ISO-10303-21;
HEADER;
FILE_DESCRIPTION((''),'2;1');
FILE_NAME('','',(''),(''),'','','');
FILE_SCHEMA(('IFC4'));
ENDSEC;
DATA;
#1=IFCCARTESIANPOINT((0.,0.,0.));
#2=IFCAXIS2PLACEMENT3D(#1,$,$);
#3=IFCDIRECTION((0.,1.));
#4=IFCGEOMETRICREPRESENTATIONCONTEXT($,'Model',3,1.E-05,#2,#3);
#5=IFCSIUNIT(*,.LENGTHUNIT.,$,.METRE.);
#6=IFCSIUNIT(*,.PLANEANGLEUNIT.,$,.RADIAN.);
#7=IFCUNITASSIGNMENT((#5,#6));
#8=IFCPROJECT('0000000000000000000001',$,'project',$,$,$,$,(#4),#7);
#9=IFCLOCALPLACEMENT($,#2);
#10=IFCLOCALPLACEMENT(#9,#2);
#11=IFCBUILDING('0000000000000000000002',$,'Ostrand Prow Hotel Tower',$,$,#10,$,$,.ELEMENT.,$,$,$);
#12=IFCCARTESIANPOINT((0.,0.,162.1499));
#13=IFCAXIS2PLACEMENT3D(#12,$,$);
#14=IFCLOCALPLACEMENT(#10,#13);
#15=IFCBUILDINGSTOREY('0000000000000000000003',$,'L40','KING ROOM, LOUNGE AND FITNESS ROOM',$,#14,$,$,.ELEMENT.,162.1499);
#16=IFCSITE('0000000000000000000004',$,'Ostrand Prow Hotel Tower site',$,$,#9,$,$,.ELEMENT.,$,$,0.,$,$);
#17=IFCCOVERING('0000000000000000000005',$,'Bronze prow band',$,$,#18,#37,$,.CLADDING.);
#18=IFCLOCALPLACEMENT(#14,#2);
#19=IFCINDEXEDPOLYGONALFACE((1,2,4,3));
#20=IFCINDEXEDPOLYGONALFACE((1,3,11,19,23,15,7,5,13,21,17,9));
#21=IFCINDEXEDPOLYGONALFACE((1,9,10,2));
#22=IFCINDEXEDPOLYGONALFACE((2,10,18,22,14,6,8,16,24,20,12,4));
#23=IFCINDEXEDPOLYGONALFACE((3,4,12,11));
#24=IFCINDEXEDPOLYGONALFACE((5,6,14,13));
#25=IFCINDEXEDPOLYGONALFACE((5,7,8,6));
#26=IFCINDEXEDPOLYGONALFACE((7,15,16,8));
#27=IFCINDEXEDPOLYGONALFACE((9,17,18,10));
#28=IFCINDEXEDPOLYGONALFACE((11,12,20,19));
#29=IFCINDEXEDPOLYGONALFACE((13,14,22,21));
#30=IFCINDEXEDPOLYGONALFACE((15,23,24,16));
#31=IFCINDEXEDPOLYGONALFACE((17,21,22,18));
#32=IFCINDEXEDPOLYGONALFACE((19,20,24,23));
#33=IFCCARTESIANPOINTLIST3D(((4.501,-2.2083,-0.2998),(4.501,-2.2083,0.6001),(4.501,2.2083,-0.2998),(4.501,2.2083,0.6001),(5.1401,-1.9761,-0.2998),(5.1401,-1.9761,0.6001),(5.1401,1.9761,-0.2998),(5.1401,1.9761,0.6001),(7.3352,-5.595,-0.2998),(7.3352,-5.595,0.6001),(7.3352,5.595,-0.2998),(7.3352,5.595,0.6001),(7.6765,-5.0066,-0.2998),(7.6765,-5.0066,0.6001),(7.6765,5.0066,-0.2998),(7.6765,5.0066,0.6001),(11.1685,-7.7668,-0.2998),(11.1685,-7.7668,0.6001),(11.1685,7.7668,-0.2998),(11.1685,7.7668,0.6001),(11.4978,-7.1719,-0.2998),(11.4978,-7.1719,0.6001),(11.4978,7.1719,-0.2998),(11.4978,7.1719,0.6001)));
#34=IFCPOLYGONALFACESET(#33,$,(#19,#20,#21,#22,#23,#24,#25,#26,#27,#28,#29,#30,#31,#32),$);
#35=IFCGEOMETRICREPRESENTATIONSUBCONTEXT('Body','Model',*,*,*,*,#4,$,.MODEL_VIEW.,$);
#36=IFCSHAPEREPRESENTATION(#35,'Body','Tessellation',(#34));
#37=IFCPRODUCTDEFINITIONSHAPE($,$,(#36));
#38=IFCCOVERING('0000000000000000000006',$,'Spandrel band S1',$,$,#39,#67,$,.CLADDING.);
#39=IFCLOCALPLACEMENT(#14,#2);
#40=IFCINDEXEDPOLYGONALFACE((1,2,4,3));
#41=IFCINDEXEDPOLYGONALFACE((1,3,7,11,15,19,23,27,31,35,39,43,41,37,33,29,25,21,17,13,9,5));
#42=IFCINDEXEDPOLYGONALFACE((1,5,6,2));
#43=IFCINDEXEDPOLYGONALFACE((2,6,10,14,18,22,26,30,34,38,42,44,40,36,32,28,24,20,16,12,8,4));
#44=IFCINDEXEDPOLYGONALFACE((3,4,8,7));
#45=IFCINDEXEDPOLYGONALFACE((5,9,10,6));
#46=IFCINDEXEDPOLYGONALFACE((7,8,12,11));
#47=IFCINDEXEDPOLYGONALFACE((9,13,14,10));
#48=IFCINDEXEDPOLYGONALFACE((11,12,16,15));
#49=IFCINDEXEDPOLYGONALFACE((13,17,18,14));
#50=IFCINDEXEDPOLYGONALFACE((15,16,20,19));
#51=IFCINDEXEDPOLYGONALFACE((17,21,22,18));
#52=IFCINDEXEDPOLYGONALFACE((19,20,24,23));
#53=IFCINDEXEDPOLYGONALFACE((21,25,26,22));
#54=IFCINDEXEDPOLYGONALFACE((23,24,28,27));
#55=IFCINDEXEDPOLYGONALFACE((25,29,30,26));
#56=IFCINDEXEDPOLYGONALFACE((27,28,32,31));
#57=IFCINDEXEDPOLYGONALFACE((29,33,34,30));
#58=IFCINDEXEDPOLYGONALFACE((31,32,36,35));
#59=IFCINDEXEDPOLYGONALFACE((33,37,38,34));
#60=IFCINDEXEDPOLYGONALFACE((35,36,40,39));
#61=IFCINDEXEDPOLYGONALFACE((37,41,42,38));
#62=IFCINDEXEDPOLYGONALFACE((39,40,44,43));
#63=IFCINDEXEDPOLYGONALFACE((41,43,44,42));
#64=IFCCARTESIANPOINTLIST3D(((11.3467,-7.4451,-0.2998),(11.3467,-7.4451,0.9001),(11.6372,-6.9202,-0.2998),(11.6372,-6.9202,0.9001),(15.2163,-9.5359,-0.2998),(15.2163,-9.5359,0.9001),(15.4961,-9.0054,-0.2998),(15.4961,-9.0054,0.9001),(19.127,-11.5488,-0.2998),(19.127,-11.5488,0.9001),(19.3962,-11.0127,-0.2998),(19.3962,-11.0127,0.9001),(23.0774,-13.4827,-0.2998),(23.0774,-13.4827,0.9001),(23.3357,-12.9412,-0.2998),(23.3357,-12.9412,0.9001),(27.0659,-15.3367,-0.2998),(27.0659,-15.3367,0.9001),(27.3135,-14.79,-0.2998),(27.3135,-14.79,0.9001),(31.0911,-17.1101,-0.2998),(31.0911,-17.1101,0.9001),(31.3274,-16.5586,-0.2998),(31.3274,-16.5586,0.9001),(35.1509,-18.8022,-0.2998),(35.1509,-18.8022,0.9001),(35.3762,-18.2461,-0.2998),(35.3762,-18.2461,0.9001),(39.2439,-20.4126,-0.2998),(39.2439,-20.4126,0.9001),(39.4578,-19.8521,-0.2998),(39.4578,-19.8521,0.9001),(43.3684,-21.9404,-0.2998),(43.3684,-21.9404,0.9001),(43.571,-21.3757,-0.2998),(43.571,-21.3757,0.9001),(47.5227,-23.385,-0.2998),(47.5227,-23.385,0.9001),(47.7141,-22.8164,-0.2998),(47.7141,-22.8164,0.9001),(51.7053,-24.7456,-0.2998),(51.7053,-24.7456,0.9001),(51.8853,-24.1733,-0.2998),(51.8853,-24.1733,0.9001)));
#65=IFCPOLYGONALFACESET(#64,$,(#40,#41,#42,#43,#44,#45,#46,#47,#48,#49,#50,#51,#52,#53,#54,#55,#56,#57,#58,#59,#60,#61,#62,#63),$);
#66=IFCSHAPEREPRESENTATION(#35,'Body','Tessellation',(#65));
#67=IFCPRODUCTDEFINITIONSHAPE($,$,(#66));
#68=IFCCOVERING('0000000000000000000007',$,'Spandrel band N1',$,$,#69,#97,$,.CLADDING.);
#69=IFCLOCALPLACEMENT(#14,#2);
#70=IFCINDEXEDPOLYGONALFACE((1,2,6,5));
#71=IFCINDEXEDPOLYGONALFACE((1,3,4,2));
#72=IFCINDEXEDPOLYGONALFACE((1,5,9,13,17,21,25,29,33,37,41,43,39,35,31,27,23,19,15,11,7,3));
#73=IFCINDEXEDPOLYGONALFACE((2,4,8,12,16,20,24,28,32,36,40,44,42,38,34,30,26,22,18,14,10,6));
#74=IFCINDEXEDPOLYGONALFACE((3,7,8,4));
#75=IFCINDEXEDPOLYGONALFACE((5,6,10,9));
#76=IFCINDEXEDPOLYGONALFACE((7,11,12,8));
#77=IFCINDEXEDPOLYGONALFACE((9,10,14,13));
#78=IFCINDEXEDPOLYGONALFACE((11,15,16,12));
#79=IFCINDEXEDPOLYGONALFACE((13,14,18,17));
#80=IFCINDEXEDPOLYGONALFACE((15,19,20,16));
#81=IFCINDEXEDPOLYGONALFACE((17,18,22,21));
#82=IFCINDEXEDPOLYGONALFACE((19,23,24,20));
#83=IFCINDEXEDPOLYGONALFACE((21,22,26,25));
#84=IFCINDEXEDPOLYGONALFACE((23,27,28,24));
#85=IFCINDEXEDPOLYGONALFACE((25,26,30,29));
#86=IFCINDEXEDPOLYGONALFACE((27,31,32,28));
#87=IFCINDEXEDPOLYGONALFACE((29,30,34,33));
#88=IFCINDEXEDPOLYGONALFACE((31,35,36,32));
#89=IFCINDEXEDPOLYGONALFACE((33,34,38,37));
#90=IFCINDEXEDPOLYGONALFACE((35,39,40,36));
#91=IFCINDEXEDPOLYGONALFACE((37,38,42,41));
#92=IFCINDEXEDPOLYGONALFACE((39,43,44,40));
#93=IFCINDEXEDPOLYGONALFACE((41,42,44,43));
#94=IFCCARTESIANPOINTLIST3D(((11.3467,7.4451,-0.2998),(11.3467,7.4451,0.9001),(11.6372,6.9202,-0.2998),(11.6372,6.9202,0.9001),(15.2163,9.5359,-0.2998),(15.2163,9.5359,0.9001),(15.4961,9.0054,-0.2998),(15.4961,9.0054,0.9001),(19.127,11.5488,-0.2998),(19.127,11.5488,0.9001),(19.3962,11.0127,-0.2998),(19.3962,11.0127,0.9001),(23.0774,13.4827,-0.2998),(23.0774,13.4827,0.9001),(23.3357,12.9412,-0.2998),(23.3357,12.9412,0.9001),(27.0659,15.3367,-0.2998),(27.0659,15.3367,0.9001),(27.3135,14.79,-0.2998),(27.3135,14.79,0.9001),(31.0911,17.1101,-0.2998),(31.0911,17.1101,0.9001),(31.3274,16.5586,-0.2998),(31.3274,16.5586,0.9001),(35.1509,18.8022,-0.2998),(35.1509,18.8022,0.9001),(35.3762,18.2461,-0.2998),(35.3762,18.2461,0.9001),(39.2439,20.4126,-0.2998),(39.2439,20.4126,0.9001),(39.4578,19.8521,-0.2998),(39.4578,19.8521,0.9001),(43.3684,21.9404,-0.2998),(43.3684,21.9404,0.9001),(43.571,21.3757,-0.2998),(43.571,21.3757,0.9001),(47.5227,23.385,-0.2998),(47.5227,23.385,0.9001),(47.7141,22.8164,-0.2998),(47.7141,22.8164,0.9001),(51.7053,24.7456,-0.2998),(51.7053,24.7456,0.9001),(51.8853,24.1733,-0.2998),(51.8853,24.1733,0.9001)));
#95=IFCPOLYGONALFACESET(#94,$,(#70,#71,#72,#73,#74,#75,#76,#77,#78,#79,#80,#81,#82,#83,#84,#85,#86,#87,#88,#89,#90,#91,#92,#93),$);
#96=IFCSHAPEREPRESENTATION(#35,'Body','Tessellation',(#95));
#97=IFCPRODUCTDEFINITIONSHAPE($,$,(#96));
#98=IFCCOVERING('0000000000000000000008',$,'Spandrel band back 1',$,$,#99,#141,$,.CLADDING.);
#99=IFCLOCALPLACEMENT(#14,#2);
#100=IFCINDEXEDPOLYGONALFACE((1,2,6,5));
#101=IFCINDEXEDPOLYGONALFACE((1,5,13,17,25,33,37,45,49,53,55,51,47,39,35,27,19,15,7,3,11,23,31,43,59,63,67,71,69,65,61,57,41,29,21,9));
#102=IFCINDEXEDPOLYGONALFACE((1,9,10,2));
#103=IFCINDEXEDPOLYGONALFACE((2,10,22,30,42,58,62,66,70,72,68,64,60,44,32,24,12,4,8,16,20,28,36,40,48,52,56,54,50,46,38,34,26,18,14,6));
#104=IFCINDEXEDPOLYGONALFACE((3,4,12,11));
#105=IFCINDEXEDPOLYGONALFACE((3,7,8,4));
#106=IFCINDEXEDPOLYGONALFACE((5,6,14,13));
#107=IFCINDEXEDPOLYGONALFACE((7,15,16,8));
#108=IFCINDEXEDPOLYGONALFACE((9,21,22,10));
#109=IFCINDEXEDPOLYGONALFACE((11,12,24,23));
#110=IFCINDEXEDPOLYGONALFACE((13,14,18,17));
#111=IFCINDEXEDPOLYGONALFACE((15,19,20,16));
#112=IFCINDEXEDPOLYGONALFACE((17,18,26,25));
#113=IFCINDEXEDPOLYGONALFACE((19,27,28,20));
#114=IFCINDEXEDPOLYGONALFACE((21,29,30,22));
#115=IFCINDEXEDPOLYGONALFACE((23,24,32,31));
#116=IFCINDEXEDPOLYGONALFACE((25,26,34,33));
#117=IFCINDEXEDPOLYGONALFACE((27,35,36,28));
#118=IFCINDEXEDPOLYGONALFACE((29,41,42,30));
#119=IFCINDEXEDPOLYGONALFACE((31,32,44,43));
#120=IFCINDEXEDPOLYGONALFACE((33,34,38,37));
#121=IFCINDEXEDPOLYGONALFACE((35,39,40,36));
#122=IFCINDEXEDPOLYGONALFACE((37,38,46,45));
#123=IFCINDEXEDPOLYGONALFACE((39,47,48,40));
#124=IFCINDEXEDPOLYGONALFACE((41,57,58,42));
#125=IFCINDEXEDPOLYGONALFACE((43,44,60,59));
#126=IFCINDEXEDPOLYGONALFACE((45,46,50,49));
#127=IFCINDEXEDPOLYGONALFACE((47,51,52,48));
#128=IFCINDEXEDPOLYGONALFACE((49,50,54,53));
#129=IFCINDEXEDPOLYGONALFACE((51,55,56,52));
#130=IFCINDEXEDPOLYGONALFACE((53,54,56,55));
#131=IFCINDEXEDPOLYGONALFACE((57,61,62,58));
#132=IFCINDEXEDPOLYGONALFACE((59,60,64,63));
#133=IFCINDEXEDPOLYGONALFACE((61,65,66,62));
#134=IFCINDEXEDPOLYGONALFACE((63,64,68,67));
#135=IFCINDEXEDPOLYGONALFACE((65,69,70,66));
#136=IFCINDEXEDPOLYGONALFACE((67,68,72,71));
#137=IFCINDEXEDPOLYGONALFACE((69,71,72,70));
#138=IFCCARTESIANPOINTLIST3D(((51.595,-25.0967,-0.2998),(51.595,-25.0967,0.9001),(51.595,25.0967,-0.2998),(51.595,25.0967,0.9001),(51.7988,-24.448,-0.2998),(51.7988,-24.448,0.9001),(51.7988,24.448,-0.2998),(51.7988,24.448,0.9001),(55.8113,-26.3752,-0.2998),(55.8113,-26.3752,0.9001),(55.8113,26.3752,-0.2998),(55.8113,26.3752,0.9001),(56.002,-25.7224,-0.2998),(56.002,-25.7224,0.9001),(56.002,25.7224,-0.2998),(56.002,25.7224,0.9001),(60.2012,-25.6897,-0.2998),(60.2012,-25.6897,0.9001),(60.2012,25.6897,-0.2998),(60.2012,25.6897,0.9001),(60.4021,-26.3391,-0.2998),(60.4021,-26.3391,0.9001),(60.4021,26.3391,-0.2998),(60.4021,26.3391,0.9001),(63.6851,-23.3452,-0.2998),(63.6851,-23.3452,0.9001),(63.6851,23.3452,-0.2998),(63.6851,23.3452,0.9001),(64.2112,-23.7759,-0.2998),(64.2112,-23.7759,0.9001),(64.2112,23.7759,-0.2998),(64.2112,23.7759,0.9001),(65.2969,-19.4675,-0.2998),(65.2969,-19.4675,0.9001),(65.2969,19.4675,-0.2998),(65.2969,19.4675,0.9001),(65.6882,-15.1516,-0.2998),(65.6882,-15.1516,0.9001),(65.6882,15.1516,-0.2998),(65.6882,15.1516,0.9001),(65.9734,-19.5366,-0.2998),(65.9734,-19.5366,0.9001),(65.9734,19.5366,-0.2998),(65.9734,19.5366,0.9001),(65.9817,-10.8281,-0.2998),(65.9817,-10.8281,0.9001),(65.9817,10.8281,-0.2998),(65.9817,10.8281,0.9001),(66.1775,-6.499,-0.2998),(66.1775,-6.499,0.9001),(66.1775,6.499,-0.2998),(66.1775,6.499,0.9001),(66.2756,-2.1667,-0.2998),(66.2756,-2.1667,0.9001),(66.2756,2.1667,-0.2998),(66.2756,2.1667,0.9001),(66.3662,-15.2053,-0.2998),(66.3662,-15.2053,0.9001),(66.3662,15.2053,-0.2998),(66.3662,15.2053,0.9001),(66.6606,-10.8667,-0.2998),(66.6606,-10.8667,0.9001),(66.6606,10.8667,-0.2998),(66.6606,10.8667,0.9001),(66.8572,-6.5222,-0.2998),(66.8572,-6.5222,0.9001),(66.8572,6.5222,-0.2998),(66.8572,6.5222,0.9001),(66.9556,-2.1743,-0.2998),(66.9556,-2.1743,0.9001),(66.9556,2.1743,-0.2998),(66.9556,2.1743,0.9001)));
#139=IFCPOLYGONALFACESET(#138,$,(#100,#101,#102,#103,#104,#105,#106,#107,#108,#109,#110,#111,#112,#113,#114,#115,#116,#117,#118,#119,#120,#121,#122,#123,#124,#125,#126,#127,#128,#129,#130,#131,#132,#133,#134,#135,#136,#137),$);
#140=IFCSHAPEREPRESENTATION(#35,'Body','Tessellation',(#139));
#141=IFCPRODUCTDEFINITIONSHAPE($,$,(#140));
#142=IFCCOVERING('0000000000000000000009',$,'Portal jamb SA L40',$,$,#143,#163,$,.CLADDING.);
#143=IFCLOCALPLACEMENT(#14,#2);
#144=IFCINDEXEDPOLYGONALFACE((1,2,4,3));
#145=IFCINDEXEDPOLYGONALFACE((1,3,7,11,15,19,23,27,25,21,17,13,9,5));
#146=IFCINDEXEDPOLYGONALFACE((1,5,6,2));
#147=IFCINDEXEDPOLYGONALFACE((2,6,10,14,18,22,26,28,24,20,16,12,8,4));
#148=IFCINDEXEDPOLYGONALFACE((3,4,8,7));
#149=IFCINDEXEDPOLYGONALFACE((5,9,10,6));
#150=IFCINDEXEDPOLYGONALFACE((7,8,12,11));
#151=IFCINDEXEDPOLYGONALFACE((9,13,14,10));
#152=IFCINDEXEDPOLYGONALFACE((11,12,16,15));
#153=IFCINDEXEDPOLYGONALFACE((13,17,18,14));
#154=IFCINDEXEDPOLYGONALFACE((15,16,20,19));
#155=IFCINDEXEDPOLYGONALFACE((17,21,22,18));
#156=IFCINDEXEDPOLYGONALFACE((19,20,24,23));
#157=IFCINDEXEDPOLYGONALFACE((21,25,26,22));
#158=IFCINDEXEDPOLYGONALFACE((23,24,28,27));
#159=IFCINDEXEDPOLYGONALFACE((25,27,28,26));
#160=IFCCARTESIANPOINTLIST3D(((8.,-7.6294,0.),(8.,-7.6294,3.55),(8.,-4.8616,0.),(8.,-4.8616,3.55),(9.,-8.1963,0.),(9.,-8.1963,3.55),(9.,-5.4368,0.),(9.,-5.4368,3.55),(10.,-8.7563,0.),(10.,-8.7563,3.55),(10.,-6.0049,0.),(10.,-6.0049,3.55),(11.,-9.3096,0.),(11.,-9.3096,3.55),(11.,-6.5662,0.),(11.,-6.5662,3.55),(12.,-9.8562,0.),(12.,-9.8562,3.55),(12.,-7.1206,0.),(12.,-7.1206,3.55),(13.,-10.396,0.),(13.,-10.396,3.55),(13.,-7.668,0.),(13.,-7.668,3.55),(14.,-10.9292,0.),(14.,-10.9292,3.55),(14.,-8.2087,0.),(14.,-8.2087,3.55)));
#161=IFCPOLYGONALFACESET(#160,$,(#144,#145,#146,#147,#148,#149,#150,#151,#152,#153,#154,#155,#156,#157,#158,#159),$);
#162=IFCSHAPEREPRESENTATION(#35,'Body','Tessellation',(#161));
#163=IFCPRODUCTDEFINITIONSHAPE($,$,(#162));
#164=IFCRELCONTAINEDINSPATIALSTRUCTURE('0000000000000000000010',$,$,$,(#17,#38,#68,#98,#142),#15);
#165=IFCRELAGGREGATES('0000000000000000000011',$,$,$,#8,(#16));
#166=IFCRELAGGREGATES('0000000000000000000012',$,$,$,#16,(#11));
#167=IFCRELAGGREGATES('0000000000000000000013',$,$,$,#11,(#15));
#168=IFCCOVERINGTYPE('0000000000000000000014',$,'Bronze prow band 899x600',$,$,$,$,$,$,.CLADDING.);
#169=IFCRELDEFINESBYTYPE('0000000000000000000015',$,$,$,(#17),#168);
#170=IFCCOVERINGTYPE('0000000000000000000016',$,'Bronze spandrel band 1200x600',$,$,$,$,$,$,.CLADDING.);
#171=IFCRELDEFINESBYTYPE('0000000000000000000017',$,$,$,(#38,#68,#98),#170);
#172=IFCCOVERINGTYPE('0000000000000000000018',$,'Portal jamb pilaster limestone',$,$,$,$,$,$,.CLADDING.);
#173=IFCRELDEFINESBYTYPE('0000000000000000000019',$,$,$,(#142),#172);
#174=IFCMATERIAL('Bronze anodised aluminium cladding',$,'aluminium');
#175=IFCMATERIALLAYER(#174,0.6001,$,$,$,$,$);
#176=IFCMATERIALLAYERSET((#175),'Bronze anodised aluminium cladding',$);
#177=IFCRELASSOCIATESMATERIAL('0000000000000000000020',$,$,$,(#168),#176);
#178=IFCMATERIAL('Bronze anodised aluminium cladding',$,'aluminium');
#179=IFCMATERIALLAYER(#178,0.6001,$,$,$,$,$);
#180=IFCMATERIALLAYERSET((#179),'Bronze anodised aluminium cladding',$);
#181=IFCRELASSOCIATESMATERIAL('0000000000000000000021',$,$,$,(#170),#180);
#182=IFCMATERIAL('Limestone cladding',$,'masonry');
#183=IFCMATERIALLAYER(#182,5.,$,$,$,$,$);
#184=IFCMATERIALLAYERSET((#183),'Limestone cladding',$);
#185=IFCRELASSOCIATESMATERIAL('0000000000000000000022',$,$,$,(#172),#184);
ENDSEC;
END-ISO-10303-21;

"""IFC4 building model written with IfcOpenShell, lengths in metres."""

from ifc_helpers import new_model, si_unit, direction, frame, origin, place, context, subcontext, project, spatial, polyline, outline, extrude, material, layer, layer_set, type_object, element, save


model = new_model("IFC4")

# Units and contexts
model_context = context("Model", 3, precision=1e-05, world=origin(), true_north=direction((0.0, 1.0)))
body_context = subcontext(model_context, "Body", "Model", "MODEL_VIEW")
ifc_project = project(units=[si_unit("LENGTHUNIT", "METRE"), si_unit("PLANEANGLEUNIT", "RADIAN")], contexts=[model_context])

# Site, building, storey
site_placement = place(None, origin())
site = spatial("IfcSite", under=ifc_project, at=site_placement, Name="Ostrand Prow Hotel Tower site", CompositionType="ELEMENT", RefElevation=0.0)
building_placement = place(site_placement, origin())
building = spatial("IfcBuilding", under=site, at=building_placement, Name="Ostrand Prow Hotel Tower", CompositionType="ELEMENT")
storey_placement = place(building_placement, frame((0.0, 0.0, 162.1499)))
storey = spatial("IfcBuildingStorey", under=building, at=storey_placement, Name="L40", Description="KING ROOM, LOUNGE AND FITNESS ROOM", CompositionType="ELEMENT", Elevation=162.1499)

# Coverings
ifc_material_1 = material(Name="Bronze anodised aluminium cladding", Category="aluminium")
ifc_layer_1 = layer(ifc_material_1, 0.6001)
ifc_layer_set_1 = layer_set([ifc_layer_1], Name="Bronze anodised aluminium cladding")
covering_type_1 = type_object("IfcCoveringType", Name="Bronze prow band 899x600", PredefinedType="CLADDING", material=ifc_layer_set_1)
covering_1_placement = place(storey_placement, frame((0.0, 0.0, -0.2998)))
element("IfcCovering", 1, at=covering_1_placement, inside=storey, type_object=covering_type_1, Name="Bronze prow band", PredefinedType="CLADDING", context=body_context, shape_type="SweptSolid", body=[
    extrude(outline(polyline([(11.1685, 7.7668), (7.3352, 5.595), (4.501, 2.2083), (4.501, -2.2083), (7.3352, -5.595), (11.1685, -7.7668), (11.4978, -7.1719), (7.6765, -5.0066), (5.1401, -1.9761), (5.1401, 1.9761), (7.6765, 5.0066), (11.4978, 7.1719), (11.1685, 7.7668)])), origin(), (0.0, 0.0, 1.0), 0.8999),
])
ifc_material_2 = material(Name="Bronze anodised aluminium cladding", Category="aluminium")
ifc_layer_2 = layer(ifc_material_2, 0.6001)
ifc_layer_set_2 = layer_set([ifc_layer_2], Name="Bronze anodised aluminium cladding")
covering_type_2 = type_object("IfcCoveringType", Name="Bronze spandrel band 1200x600", PredefinedType="CLADDING", material=ifc_layer_set_2)
covering_2_placement = place(storey_placement, frame((0.0, 0.0, -0.2998)))
element("IfcCovering", 2, at=covering_2_placement, inside=storey, type_object=covering_type_2, Name="Spandrel band S1", PredefinedType="CLADDING", context=body_context, shape_type="SweptSolid", body=[
    extrude(outline(polyline([(11.3467, -7.4451), (15.2163, -9.5359), (19.127, -11.5488), (23.0774, -13.4827), (27.0659, -15.3367), (31.0911, -17.1101), (35.1509, -18.8022), (39.2439, -20.4126), (43.3684, -21.9404), (47.5227, -23.385), (51.7053, -24.7456), (51.8853, -24.1733), (47.7141, -22.8164), (43.571, -21.3757), (39.4578, -19.8521), (35.3762, -18.2461), (31.3274, -16.5586), (27.3135, -14.79), (23.3357, -12.9412), (19.3962, -11.0127), (15.4961, -9.0054), (11.6372, -6.9202), (11.3467, -7.4451)])), origin(), (0.0, 0.0, 1.0), 1.2),
])
covering_3_placement = place(storey_placement, frame((0.0, 0.0, -0.2998)))
element("IfcCovering", 3, at=covering_3_placement, inside=storey, type_object=covering_type_2, Name="Spandrel band N1", PredefinedType="CLADDING", context=body_context, shape_type="SweptSolid", body=[
    extrude(outline(polyline([(51.7053, 24.7456), (47.5227, 23.385), (43.3684, 21.9404), (39.2439, 20.4126), (35.1509, 18.8022), (31.0911, 17.1101), (27.0659, 15.3367), (23.0774, 13.4827), (19.127, 11.5488), (15.2163, 9.5359), (11.3467, 7.4451), (11.6372, 6.9202), (15.4961, 9.0054), (19.3962, 11.0127), (23.3357, 12.9412), (27.3135, 14.79), (31.3274, 16.5586), (35.3762, 18.2461), (39.4578, 19.8521), (43.571, 21.3757), (47.7141, 22.8164), (51.8853, 24.1733), (51.7053, 24.7456)])), origin(), (0.0, 0.0, 1.0), 1.2),
])
covering_4_placement = place(storey_placement, frame((0.0, 0.0, -0.2998)))
element("IfcCovering", 4, at=covering_4_placement, inside=storey, type_object=covering_type_2, Name="Spandrel band back 1", PredefinedType="CLADDING", context=body_context, shape_type="SweptSolid", body=[
    extrude(outline(polyline([(51.595, -25.0967), (55.8113, -26.3752), (60.4021, -26.3391), (64.2112, -23.7759), (65.9734, -19.5366), (66.3662, -15.2053), (66.6606, -10.8667), (66.8572, -6.5222), (66.9556, -2.1743), (66.9556, 2.1743), (66.8572, 6.5222), (66.6606, 10.8667), (66.3662, 15.2053), (65.9734, 19.5366), (64.2112, 23.7759), (60.4021, 26.3391), (55.8113, 26.3752), (51.595, 25.0967), (51.7988, 24.448), (56.002, 25.7224), (60.2012, 25.6897), (63.6851, 23.3452), (65.2969, 19.4675), (65.6882, 15.1516), (65.9817, 10.8281), (66.1775, 6.499), (66.2756, 2.1667), (66.2756, -2.1667), (66.1775, -6.499), (65.9817, -10.8281), (65.6882, -15.1516), (65.2969, -19.4675), (63.6851, -23.3452), (60.2012, -25.6897), (56.002, -25.7224), (51.7988, -24.448), (51.595, -25.0967)])), origin(), (0.0, 0.0, 1.0), 1.2),
])
ifc_material_3 = material(Name="Limestone cladding", Category="masonry")
ifc_layer_3 = layer(ifc_material_3, 5.0)
ifc_layer_set_3 = layer_set([ifc_layer_3], Name="Limestone cladding")
covering_type_3 = type_object("IfcCoveringType", Name="Portal jamb pilaster limestone", PredefinedType="CLADDING", material=ifc_layer_set_3)
covering_5_placement = place(storey_placement, origin())
element("IfcCovering", 5, at=covering_5_placement, inside=storey, type_object=covering_type_3, Name="Portal jamb SA L40", PredefinedType="CLADDING", context=body_context, shape_type="SweptSolid", body=[
    extrude(outline(polyline([(8.0, -4.8616), (8.0, -7.6294), (9.0, -8.1963), (10.0, -8.7563), (11.0, -9.3096), (12.0, -9.8562), (13.0, -10.396), (14.0, -10.9292), (14.0, -8.2087), (13.0, -7.668), (12.0, -7.1206), (11.0, -6.5662), (10.0, -6.0049), (9.0, -5.4368), (8.0, -4.8616)])), origin(), (0.0, 0.0, 1.0), 3.55),
])

save(model, "model.ifc")
